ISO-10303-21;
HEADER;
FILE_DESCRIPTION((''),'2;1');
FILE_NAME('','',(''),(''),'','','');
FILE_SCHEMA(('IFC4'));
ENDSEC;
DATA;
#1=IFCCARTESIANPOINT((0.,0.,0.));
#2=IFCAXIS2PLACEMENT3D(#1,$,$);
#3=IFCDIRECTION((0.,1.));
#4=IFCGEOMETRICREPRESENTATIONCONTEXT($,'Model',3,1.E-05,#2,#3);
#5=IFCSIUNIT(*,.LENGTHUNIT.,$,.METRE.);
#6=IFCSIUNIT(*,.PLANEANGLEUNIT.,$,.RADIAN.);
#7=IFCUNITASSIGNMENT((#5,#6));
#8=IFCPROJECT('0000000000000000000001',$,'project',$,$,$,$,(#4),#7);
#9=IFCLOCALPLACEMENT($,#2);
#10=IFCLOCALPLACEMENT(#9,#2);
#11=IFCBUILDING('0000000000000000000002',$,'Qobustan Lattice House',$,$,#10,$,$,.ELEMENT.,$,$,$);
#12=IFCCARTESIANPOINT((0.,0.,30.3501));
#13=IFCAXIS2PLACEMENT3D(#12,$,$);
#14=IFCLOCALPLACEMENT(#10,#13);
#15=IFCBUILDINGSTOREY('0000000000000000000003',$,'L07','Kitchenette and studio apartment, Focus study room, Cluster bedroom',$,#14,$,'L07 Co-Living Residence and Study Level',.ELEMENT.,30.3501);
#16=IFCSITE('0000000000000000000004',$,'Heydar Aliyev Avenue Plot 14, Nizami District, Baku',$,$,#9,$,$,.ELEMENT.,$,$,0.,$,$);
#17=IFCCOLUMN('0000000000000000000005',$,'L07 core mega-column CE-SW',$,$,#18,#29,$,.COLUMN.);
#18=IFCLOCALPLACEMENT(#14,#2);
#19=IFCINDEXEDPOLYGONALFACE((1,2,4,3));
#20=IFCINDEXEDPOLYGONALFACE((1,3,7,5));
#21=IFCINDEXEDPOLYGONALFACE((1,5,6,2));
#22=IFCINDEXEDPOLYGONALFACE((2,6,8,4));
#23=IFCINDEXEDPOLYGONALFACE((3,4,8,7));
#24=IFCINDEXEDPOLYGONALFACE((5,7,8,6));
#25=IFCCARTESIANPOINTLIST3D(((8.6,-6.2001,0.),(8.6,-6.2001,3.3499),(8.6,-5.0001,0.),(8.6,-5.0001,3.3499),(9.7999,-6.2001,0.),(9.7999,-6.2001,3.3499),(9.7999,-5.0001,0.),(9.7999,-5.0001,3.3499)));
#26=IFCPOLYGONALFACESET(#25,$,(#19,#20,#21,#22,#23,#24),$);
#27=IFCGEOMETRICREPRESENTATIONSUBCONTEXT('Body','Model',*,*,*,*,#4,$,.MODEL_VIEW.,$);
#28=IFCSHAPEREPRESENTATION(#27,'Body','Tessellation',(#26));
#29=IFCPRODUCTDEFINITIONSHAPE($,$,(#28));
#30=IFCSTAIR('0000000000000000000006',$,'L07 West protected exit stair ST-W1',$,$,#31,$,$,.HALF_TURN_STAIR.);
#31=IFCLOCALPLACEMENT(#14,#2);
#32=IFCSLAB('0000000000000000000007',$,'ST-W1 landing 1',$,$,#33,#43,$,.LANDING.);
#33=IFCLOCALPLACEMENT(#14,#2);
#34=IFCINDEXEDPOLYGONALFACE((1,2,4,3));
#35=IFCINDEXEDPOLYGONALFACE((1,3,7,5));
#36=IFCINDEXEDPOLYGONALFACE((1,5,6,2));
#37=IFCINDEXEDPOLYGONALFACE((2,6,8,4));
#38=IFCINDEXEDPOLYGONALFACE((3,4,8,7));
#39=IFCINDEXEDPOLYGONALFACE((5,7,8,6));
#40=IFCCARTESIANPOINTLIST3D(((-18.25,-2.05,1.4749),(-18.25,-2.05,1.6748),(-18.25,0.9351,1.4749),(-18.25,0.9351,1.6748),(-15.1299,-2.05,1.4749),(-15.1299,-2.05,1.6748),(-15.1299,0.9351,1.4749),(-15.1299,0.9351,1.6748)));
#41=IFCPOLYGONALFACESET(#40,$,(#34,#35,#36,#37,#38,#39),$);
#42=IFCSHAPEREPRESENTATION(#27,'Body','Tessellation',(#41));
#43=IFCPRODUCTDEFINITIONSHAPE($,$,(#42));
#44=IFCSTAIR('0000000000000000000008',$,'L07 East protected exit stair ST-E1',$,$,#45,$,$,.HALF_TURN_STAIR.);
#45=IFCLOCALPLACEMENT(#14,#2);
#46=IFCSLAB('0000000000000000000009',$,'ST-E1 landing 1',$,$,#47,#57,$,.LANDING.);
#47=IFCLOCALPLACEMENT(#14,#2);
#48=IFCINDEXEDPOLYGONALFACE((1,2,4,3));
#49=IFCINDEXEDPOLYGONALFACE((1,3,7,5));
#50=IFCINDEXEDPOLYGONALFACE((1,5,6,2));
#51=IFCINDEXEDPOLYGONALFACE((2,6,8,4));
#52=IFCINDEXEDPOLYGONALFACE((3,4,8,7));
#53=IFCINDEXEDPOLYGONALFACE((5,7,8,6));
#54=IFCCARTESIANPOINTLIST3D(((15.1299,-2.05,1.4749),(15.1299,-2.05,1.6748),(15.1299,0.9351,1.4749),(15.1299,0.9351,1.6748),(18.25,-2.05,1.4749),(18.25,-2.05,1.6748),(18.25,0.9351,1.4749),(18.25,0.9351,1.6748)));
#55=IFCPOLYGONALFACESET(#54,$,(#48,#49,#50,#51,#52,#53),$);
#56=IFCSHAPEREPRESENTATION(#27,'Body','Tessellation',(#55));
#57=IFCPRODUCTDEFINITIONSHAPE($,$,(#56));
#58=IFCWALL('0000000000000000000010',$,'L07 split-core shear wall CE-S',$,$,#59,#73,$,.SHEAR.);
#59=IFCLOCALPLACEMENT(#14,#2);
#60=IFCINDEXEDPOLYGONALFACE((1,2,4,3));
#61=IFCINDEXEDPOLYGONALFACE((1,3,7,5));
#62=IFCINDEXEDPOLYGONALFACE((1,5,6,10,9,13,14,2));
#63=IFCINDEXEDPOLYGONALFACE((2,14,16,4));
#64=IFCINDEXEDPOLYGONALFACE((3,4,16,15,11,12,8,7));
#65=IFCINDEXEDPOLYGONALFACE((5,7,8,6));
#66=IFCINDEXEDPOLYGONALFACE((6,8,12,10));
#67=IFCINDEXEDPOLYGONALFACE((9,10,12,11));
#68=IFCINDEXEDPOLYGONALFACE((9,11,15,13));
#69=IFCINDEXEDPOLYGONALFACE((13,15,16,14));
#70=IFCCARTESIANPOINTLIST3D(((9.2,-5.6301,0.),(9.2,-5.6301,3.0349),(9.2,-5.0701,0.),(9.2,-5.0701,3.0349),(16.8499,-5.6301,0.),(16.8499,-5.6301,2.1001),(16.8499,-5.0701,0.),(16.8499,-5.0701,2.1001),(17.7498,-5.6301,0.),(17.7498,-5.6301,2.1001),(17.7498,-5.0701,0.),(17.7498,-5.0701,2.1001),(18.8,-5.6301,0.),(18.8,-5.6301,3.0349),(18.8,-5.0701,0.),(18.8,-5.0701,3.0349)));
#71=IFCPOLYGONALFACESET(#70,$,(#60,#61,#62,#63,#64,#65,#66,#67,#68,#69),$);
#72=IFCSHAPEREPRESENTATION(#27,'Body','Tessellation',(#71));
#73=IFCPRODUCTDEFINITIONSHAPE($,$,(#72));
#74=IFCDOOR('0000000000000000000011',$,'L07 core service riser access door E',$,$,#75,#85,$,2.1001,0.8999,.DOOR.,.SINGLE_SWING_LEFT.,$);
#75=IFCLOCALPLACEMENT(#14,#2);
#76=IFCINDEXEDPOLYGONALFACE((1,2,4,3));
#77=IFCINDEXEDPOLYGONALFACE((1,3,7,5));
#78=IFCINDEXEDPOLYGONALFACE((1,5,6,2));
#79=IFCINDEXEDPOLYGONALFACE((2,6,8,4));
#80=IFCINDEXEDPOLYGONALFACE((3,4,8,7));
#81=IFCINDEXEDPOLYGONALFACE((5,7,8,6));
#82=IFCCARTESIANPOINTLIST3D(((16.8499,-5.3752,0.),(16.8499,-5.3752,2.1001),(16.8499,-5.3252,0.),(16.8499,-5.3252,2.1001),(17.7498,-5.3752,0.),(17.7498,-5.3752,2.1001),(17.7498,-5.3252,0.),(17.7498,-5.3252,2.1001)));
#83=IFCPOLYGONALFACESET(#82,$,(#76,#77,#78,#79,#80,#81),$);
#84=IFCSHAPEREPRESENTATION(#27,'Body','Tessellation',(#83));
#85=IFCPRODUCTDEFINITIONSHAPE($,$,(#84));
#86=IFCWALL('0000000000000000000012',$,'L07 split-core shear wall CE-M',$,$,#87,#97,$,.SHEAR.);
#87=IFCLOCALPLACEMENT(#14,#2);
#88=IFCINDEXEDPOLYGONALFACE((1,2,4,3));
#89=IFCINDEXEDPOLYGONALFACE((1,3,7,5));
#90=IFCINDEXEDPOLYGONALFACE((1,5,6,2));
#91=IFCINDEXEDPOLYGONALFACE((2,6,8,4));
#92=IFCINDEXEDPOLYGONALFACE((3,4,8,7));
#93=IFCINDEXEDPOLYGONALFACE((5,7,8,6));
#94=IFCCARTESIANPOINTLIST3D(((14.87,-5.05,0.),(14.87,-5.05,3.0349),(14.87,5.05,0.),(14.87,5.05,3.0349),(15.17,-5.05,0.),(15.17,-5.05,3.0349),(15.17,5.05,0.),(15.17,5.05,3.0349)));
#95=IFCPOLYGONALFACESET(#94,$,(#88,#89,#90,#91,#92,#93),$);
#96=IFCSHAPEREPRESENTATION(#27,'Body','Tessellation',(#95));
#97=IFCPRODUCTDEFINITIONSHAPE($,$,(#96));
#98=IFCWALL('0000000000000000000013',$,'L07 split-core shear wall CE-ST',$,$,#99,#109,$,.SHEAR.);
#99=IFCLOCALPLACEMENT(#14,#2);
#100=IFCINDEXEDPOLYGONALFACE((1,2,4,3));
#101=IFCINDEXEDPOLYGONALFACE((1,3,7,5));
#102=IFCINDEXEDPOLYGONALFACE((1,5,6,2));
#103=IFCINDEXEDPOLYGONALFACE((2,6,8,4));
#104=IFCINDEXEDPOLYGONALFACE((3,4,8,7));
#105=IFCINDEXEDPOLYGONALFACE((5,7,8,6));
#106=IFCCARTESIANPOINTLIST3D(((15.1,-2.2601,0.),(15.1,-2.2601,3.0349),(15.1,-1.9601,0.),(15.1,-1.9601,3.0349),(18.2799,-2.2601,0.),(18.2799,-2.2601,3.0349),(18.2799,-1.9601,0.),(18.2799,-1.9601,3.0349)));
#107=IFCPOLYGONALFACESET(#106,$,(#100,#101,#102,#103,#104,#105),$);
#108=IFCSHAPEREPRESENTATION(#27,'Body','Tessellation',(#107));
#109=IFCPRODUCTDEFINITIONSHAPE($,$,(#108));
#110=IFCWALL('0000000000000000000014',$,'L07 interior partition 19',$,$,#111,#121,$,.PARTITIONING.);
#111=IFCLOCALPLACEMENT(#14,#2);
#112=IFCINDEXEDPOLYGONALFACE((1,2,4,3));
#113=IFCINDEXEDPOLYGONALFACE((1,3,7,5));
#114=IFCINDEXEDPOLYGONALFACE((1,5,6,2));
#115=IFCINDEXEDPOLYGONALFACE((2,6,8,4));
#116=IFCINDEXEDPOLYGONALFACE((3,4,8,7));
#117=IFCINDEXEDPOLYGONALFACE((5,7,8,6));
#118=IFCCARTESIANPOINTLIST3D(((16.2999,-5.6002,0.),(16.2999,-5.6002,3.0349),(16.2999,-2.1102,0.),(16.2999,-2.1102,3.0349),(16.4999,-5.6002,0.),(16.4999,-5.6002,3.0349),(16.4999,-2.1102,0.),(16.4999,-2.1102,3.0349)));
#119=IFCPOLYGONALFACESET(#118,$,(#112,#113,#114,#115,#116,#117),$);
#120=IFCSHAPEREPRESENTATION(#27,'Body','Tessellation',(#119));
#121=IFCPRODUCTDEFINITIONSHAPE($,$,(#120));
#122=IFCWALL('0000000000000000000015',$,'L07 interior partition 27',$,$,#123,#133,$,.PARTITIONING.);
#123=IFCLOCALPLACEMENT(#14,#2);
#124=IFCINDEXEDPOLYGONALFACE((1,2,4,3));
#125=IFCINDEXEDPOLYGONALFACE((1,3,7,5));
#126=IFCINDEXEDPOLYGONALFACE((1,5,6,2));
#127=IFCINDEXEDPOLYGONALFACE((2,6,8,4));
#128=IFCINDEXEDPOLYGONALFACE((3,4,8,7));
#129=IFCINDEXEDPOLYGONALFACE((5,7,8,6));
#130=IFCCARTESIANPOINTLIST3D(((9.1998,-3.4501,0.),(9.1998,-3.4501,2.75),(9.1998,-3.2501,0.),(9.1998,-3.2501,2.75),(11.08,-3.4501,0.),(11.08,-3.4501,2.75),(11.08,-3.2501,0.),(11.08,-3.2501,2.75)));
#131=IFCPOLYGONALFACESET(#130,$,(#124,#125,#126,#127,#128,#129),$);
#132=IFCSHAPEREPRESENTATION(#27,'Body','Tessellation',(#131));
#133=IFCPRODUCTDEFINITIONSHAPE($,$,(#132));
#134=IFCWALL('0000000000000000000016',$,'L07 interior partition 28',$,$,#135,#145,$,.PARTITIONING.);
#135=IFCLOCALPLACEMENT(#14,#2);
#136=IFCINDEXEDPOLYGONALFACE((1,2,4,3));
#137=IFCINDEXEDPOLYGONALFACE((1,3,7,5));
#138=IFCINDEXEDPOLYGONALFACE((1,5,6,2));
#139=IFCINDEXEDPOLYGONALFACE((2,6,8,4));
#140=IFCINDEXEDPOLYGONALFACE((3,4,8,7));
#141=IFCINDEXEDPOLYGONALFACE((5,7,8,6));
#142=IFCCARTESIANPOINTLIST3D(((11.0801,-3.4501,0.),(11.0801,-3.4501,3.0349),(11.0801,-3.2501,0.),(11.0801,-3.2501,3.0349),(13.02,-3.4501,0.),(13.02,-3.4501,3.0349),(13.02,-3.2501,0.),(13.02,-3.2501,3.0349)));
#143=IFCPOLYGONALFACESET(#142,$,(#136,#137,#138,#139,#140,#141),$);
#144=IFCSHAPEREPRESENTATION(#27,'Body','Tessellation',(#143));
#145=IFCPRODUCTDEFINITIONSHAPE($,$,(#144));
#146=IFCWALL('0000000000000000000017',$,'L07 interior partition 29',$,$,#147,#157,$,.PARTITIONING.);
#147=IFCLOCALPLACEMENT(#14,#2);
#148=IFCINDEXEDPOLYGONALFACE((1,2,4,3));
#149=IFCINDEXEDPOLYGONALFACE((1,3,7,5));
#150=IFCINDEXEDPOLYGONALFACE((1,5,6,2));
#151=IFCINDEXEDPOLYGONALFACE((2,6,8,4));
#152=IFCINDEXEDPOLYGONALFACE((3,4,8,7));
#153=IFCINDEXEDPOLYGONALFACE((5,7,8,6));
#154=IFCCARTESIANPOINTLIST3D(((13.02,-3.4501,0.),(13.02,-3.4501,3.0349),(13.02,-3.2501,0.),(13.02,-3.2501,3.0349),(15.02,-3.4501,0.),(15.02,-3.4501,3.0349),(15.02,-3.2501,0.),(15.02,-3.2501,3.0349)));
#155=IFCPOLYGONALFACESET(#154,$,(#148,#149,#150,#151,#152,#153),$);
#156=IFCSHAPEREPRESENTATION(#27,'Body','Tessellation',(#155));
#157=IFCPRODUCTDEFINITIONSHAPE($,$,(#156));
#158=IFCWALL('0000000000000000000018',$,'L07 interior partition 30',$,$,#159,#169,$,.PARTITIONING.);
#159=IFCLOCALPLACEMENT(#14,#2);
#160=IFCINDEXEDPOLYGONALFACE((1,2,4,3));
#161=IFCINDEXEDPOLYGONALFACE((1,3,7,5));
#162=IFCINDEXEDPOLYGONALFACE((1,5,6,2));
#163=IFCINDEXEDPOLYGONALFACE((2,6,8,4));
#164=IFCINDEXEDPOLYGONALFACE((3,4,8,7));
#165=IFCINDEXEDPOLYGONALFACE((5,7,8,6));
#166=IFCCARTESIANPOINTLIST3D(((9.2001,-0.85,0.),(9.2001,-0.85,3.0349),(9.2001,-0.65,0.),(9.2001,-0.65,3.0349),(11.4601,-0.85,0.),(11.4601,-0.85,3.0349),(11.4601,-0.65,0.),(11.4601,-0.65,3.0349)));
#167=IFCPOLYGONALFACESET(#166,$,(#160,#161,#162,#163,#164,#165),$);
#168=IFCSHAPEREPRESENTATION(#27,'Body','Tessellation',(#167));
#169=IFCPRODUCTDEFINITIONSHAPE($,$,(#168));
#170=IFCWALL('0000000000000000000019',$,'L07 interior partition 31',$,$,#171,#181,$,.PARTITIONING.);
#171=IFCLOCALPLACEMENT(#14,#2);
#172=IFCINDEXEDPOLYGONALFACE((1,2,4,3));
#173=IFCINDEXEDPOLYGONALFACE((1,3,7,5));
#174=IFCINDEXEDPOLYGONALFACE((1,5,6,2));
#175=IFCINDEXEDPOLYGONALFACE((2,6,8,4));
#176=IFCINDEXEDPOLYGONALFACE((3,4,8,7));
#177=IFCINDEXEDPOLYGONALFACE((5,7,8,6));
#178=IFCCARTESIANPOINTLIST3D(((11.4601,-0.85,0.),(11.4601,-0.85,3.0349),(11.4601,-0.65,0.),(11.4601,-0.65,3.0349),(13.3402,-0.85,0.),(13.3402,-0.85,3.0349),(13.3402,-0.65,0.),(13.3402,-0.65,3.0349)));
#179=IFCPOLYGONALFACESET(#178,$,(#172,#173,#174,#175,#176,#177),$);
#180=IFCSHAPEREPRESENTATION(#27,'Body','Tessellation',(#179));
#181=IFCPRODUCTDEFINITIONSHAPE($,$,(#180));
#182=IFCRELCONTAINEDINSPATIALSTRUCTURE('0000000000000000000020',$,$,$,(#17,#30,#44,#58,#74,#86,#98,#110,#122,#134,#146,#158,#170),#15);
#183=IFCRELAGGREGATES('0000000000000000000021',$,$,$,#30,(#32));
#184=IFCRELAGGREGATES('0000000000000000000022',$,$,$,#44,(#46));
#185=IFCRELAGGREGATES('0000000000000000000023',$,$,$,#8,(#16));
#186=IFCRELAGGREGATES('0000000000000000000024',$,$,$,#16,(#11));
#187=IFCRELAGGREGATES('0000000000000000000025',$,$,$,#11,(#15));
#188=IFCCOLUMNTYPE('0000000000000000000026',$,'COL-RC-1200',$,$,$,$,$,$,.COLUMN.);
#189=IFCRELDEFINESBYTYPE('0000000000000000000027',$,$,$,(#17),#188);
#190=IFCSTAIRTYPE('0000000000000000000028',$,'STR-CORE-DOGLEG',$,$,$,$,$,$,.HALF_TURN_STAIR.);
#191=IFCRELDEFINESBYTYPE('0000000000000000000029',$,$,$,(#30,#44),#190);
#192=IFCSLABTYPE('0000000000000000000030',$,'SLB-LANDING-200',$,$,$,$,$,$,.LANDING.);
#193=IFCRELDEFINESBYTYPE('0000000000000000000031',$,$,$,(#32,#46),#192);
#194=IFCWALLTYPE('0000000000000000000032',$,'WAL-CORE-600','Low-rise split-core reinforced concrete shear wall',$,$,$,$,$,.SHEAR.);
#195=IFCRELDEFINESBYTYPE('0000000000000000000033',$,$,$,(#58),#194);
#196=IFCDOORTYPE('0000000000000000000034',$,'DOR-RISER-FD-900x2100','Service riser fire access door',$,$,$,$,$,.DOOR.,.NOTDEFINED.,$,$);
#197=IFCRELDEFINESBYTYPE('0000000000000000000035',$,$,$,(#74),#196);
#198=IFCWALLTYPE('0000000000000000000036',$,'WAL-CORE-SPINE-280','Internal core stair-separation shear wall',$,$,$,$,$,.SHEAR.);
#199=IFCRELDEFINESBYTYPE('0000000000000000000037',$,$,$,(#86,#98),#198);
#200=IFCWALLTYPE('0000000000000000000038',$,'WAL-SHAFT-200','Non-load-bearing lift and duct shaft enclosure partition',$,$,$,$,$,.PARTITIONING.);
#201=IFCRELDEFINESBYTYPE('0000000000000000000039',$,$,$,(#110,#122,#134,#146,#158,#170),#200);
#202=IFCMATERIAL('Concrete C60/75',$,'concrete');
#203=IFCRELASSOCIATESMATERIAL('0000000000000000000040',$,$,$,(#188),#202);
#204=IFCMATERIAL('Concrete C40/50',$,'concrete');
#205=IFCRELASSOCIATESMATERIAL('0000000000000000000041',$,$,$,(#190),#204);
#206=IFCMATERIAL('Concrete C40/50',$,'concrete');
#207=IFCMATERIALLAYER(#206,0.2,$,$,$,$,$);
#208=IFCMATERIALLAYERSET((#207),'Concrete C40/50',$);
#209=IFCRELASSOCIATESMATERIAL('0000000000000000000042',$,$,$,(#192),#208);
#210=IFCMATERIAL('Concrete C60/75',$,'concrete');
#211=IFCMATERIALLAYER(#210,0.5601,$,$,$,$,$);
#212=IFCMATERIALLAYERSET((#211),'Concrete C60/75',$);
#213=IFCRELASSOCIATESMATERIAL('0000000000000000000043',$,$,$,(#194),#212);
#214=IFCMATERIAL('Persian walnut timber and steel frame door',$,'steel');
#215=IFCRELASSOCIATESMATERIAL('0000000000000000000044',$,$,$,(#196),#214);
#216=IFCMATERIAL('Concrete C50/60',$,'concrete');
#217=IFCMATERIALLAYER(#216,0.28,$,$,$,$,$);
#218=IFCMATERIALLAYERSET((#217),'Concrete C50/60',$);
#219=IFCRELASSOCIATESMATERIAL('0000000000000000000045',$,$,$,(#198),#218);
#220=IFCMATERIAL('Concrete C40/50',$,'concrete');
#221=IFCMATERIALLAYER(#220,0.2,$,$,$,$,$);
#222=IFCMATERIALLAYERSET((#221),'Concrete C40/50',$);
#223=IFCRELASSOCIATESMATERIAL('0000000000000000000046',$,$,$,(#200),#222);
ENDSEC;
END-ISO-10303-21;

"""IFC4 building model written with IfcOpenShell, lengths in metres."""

from ifc_helpers import new_model, si_unit, direction, frame, frame_2d, origin, origin_2d, place, context, subcontext, project, spatial, polyline, rectangle, outline, extrude, material, layer, layer_set, material_profile, profile_set, type_object, element, fill, aggregate, save


model = new_model("IFC4")

# Units and contexts
model_context = context("Model", 3, precision=1e-05, world=origin(), true_north=direction((0.0, 1.0)))
body_context = subcontext(model_context, "Body", "Model", "MODEL_VIEW")
ifc_project = project(units=[si_unit("LENGTHUNIT", "METRE"), si_unit("PLANEANGLEUNIT", "RADIAN")], contexts=[model_context])

# Site, building, storey
site_placement = place(None, origin())
site = spatial("IfcSite", under=ifc_project, at=site_placement, Name="Heydar Aliyev Avenue Plot 14, Nizami District, Baku", CompositionType="ELEMENT", RefElevation=0.0)
building_placement = place(site_placement, origin())
building = spatial("IfcBuilding", under=site, at=building_placement, Name="Qobustan Lattice House", CompositionType="ELEMENT")
storey_placement = place(building_placement, frame((0.0, 0.0, 30.3501)))
storey = spatial("IfcBuildingStorey", under=building, at=storey_placement, Name="L07", Description="Kitchenette and studio apartment, Focus study room, Cluster bedroom", LongName="L07 Co-Living Residence and Study Level", CompositionType="ELEMENT", Elevation=30.3501)

# Column
ifc_material_1 = material(Name="Concrete C60/75", Category="concrete")
ifc_material_profile = material_profile(ifc_material_1, rectangle(XDim=1.2, YDim=1.2, at=origin_2d()), Name="RC1200x1200")
ifc_profile_set = profile_set([ifc_material_profile], Name="Concrete C60/75")
column_type = type_object("IfcColumnType", Name="COL-RC-1200", PredefinedType="COLUMN", material=ifc_profile_set)
column_placement = place(storey_placement, frame((9.2, -5.6001, 0.0), z_axis=(0.0, 0.0, 1.0), x_axis=(1.0, 0.0, 0.0)))
element("IfcColumn", 1, at=column_placement, inside=storey, type_object=column_type, Name="L07 core mega-column CE-SW", PredefinedType="COLUMN", context=body_context, shape_type="SweptSolid", body=[
    extrude(rectangle(XDim=1.2, YDim=1.2, at=origin_2d()), origin(), (0.0, 0.0, 1.0), 3.3499),
])

# Stairs, slabs
ifc_material_2 = material(Name="Concrete C40/50", Category="concrete")
stair_type = type_object("IfcStairType", Name="STR-CORE-DOGLEG", PredefinedType="HALF_TURN_STAIR", material=ifc_material_2)
stair_1_placement = place(storey_placement, origin())
stair_1 = element("IfcStair", 2, at=stair_1_placement, inside=storey, type_object=stair_type, Name="L07 West protected exit stair ST-W1", PredefinedType="HALF_TURN_STAIR")
ifc_material_3 = material(Name="Concrete C40/50", Category="concrete")
ifc_layer_1 = layer(ifc_material_3, 0.2)
ifc_layer_set_1 = layer_set([ifc_layer_1], Name="Concrete C40/50")
slab_type = type_object("IfcSlabType", Name="SLB-LANDING-200", PredefinedType="LANDING", material=ifc_layer_set_1)
slab_1_placement = place(storey_placement, frame((0.0, 0.0, 1.4749)))
slab_1 = element("IfcSlab", 3, at=slab_1_placement, type_object=slab_type, Name="ST-W1 landing 1", PredefinedType="LANDING", context=body_context, shape_type="SweptSolid", body=[
    extrude(outline(polyline([(-18.25, 0.9351), (-18.25, -2.05), (-15.1299, -2.05), (-15.1299, 0.9351), (-18.25, 0.9351)])), origin(), (0.0, 0.0, 1.0), 0.2),
])
aggregate(stair_1, [slab_1])
stair_2_placement = place(storey_placement, origin())
stair_2 = element("IfcStair", 4, at=stair_2_placement, inside=storey, type_object=stair_type, Name="L07 East protected exit stair ST-E1", PredefinedType="HALF_TURN_STAIR")
slab_2_placement = place(storey_placement, frame((0.0, 0.0, 1.4749)))
slab_2 = element("IfcSlab", 5, at=slab_2_placement, type_object=slab_type, Name="ST-E1 landing 1", PredefinedType="LANDING", context=body_context, shape_type="SweptSolid", body=[
    extrude(outline(polyline([(15.1299, 0.9351), (15.1299, -2.05), (18.25, -2.05), (18.25, 0.9351), (15.1299, 0.9351)])), origin(), (0.0, 0.0, 1.0), 0.2),
])
aggregate(stair_2, [slab_2])

# Wall, opening, door
ifc_material_4 = material(Name="Concrete C60/75", Category="concrete")
ifc_layer_2 = layer(ifc_material_4, 0.5601)
ifc_layer_set_2 = layer_set([ifc_layer_2], Name="Concrete C60/75")
wall_type_1 = type_object("IfcWallType", Name="WAL-CORE-600", Description="Low-rise split-core reinforced concrete shear wall", PredefinedType="SHEAR", material=ifc_layer_set_2)
wall_1_placement = place(storey_placement, frame((9.2, -5.3501, 0.0), z_axis=(0.0, 0.0, 1.0), x_axis=(1.0, 0.0, 0.0)))
wall_1 = element("IfcWall", 6, at=wall_1_placement, inside=storey, type_object=wall_type_1, Name="L07 split-core shear wall CE-S", PredefinedType="SHEAR", context=body_context, shape_type="SweptSolid", body=[
    extrude(rectangle(XDim=9.6001, YDim=0.5601, at=frame_2d((4.8, 0.0))), origin(), (0.0, 0.0, 1.0), 3.0349),
])
opening_1_placement = place(wall_1_placement, frame((7.6499, 0.0, 0.0)))
opening_1 = element("IfcOpeningElement", 7, at=opening_1_placement, cuts=wall_1, PredefinedType="OPENING", context=body_context, shape_type="SweptSolid", body=[
    extrude(rectangle(XDim=0.8999, YDim=2.1001, at=frame_2d((0.45, 1.05))), frame((0.0, 0.29, 0.0), z_axis=(0.0, -1.0, 0.0), x_axis=(1.0, 0.0, 0.0)), (0.0, 0.0, 1.0), 0.5801),
])
ifc_material_5 = material(Name="Persian walnut timber and steel frame door", Category="steel")
door_type_1 = type_object("IfcDoorType", Name="DOR-RISER-FD-900x2100", Description="Service riser fire access door", OperationType="NOTDEFINED", PredefinedType="DOOR", material=ifc_material_5)
door_1_placement = place(opening_1_placement, origin())
door_1 = element("IfcDoor", 8, at=door_1_placement, inside=storey, type_object=door_type_1, Name="L07 core service riser access door E", OperationType="SINGLE_SWING_LEFT", OverallHeight=2.1001, OverallWidth=0.8999, PredefinedType="DOOR", context=body_context, shape_type="SweptSolid", body=[
    extrude(rectangle(XDim=0.8999, YDim=2.1001, at=frame_2d((0.45, 1.05))), frame((0.0, 0.0249, 0.0), z_axis=(0.0, -1.0, 0.0), x_axis=(1.0, 0.0, 0.0)), (0.0, 0.0, 1.0), 0.05),
])
fill(opening_1, door_1)

# Walls
ifc_material_6 = material(Name="Concrete C50/60", Category="concrete")
ifc_layer_3 = layer(ifc_material_6, 0.28)
ifc_layer_set_3 = layer_set([ifc_layer_3], Name="Concrete C50/60")
wall_type_2 = type_object("IfcWallType", Name="WAL-CORE-SPINE-280", Description="Internal core stair-separation shear wall", PredefinedType="SHEAR", material=ifc_layer_set_3)
wall_2_placement = place(storey_placement, frame((15.02, -5.05, 0.0), z_axis=(0.0, 0.0, 1.0), x_axis=(0.0, 1.0, 0.0)))
element("IfcWall", 9, at=wall_2_placement, inside=storey, type_object=wall_type_2, Name="L07 split-core shear wall CE-M", PredefinedType="SHEAR", context=body_context, shape_type="SweptSolid", body=[
    extrude(rectangle(XDim=10.1001, YDim=0.3, at=frame_2d((5.05, 0.0))), origin(), (0.0, 0.0, 1.0), 3.0349),
])
wall_3_placement = place(storey_placement, frame((15.1001, -2.1101, 0.0), z_axis=(0.0, 0.0, 1.0), x_axis=(1.0, 0.0, 0.0)))
element("IfcWall", 10, at=wall_3_placement, inside=storey, type_object=wall_type_2, Name="L07 split-core shear wall CE-ST", PredefinedType="SHEAR", context=body_context, shape_type="SweptSolid", body=[
    extrude(rectangle(XDim=3.1799, YDim=0.3, at=frame_2d((1.5898, 0.0))), origin(), (0.0, 0.0, 1.0), 3.0349),
])
ifc_material_7 = material(Name="Concrete C40/50", Category="concrete")
ifc_layer_4 = layer(ifc_material_7, 0.2)
ifc_layer_set_4 = layer_set([ifc_layer_4], Name="Concrete C40/50")
wall_type_3 = type_object("IfcWallType", Name="WAL-SHAFT-200", Description="Non-load-bearing lift and duct shaft enclosure partition", PredefinedType="PARTITIONING", material=ifc_layer_set_4)
wall_4_placement = place(storey_placement, frame((16.3999, -2.1101, 0.0), z_axis=(0.0, 0.0, 1.0), x_axis=(0.0, -1.0, 0.0)))
element("IfcWall", 11, at=wall_4_placement, inside=storey, type_object=wall_type_3, Name="L07 interior partition 19", PredefinedType="PARTITIONING", context=body_context, shape_type="SweptSolid", body=[
    extrude(rectangle(XDim=3.49, YDim=0.2, at=frame_2d((1.7451, 0.0))), origin(), (0.0, 0.0, 1.0), 3.0349),
])
wall_5_placement = place(storey_placement, frame((9.2, -3.3501, 0.0), z_axis=(0.0, 0.0, 1.0), x_axis=(1.0, 0.0, 0.0)))
element("IfcWall", 12, at=wall_5_placement, inside=storey, type_object=wall_type_3, Name="L07 interior partition 27", PredefinedType="PARTITIONING", context=body_context, shape_type="SweptSolid", body=[
    extrude(rectangle(XDim=1.8801, YDim=0.2, at=frame_2d((0.9399, 0.0))), origin(), (0.0, 0.0, 1.0), 2.75),
])
wall_6_placement = place(storey_placement, frame((11.0801, -3.3501, 0.0), z_axis=(0.0, 0.0, 1.0), x_axis=(1.0, 0.0, 0.0)))
element("IfcWall", 13, at=wall_6_placement, inside=storey, type_object=wall_type_3, Name="L07 interior partition 28", PredefinedType="PARTITIONING", context=body_context, shape_type="SweptSolid", body=[
    extrude(rectangle(XDim=1.9399, YDim=0.2, at=frame_2d((0.97, 0.0))), origin(), (0.0, 0.0, 1.0), 3.0349),
])
wall_7_placement = place(storey_placement, frame((13.02, -3.3501, 0.0), z_axis=(0.0, 0.0, 1.0), x_axis=(1.0, 0.0, 0.0)))
element("IfcWall", 14, at=wall_7_placement, inside=storey, type_object=wall_type_3, Name="L07 interior partition 29", PredefinedType="PARTITIONING", context=body_context, shape_type="SweptSolid", body=[
    extrude(rectangle(XDim=2.0, YDim=0.2, at=frame_2d((1.0, 0.0))), origin(), (0.0, 0.0, 1.0), 3.0349),
])
wall_8_placement = place(storey_placement, frame((11.46, -0.75, 0.0), z_axis=(0.0, 0.0, 1.0), x_axis=(-1.0, 0.0, 0.0)))
element("IfcWall", 15, at=wall_8_placement, inside=storey, type_object=wall_type_3, Name="L07 interior partition 30", PredefinedType="PARTITIONING", context=body_context, shape_type="SweptSolid", body=[
    extrude(rectangle(XDim=2.26, YDim=0.2, at=frame_2d((1.1299, 0.0))), origin(), (0.0, 0.0, 1.0), 3.0349),
])
wall_9_placement = place(storey_placement, frame((13.3401, -0.75, 0.0), z_axis=(0.0, 0.0, 1.0), x_axis=(-1.0, 0.0, 0.0)))
element("IfcWall", 16, at=wall_9_placement, inside=storey, type_object=wall_type_3, Name="L07 interior partition 31", PredefinedType="PARTITIONING", context=body_context, shape_type="SweptSolid", body=[
    extrude(rectangle(XDim=1.8801, YDim=0.2, at=frame_2d((0.9399, 0.0))), origin(), (0.0, 0.0, 1.0), 3.0349),
])

save(model, "model.ifc")
